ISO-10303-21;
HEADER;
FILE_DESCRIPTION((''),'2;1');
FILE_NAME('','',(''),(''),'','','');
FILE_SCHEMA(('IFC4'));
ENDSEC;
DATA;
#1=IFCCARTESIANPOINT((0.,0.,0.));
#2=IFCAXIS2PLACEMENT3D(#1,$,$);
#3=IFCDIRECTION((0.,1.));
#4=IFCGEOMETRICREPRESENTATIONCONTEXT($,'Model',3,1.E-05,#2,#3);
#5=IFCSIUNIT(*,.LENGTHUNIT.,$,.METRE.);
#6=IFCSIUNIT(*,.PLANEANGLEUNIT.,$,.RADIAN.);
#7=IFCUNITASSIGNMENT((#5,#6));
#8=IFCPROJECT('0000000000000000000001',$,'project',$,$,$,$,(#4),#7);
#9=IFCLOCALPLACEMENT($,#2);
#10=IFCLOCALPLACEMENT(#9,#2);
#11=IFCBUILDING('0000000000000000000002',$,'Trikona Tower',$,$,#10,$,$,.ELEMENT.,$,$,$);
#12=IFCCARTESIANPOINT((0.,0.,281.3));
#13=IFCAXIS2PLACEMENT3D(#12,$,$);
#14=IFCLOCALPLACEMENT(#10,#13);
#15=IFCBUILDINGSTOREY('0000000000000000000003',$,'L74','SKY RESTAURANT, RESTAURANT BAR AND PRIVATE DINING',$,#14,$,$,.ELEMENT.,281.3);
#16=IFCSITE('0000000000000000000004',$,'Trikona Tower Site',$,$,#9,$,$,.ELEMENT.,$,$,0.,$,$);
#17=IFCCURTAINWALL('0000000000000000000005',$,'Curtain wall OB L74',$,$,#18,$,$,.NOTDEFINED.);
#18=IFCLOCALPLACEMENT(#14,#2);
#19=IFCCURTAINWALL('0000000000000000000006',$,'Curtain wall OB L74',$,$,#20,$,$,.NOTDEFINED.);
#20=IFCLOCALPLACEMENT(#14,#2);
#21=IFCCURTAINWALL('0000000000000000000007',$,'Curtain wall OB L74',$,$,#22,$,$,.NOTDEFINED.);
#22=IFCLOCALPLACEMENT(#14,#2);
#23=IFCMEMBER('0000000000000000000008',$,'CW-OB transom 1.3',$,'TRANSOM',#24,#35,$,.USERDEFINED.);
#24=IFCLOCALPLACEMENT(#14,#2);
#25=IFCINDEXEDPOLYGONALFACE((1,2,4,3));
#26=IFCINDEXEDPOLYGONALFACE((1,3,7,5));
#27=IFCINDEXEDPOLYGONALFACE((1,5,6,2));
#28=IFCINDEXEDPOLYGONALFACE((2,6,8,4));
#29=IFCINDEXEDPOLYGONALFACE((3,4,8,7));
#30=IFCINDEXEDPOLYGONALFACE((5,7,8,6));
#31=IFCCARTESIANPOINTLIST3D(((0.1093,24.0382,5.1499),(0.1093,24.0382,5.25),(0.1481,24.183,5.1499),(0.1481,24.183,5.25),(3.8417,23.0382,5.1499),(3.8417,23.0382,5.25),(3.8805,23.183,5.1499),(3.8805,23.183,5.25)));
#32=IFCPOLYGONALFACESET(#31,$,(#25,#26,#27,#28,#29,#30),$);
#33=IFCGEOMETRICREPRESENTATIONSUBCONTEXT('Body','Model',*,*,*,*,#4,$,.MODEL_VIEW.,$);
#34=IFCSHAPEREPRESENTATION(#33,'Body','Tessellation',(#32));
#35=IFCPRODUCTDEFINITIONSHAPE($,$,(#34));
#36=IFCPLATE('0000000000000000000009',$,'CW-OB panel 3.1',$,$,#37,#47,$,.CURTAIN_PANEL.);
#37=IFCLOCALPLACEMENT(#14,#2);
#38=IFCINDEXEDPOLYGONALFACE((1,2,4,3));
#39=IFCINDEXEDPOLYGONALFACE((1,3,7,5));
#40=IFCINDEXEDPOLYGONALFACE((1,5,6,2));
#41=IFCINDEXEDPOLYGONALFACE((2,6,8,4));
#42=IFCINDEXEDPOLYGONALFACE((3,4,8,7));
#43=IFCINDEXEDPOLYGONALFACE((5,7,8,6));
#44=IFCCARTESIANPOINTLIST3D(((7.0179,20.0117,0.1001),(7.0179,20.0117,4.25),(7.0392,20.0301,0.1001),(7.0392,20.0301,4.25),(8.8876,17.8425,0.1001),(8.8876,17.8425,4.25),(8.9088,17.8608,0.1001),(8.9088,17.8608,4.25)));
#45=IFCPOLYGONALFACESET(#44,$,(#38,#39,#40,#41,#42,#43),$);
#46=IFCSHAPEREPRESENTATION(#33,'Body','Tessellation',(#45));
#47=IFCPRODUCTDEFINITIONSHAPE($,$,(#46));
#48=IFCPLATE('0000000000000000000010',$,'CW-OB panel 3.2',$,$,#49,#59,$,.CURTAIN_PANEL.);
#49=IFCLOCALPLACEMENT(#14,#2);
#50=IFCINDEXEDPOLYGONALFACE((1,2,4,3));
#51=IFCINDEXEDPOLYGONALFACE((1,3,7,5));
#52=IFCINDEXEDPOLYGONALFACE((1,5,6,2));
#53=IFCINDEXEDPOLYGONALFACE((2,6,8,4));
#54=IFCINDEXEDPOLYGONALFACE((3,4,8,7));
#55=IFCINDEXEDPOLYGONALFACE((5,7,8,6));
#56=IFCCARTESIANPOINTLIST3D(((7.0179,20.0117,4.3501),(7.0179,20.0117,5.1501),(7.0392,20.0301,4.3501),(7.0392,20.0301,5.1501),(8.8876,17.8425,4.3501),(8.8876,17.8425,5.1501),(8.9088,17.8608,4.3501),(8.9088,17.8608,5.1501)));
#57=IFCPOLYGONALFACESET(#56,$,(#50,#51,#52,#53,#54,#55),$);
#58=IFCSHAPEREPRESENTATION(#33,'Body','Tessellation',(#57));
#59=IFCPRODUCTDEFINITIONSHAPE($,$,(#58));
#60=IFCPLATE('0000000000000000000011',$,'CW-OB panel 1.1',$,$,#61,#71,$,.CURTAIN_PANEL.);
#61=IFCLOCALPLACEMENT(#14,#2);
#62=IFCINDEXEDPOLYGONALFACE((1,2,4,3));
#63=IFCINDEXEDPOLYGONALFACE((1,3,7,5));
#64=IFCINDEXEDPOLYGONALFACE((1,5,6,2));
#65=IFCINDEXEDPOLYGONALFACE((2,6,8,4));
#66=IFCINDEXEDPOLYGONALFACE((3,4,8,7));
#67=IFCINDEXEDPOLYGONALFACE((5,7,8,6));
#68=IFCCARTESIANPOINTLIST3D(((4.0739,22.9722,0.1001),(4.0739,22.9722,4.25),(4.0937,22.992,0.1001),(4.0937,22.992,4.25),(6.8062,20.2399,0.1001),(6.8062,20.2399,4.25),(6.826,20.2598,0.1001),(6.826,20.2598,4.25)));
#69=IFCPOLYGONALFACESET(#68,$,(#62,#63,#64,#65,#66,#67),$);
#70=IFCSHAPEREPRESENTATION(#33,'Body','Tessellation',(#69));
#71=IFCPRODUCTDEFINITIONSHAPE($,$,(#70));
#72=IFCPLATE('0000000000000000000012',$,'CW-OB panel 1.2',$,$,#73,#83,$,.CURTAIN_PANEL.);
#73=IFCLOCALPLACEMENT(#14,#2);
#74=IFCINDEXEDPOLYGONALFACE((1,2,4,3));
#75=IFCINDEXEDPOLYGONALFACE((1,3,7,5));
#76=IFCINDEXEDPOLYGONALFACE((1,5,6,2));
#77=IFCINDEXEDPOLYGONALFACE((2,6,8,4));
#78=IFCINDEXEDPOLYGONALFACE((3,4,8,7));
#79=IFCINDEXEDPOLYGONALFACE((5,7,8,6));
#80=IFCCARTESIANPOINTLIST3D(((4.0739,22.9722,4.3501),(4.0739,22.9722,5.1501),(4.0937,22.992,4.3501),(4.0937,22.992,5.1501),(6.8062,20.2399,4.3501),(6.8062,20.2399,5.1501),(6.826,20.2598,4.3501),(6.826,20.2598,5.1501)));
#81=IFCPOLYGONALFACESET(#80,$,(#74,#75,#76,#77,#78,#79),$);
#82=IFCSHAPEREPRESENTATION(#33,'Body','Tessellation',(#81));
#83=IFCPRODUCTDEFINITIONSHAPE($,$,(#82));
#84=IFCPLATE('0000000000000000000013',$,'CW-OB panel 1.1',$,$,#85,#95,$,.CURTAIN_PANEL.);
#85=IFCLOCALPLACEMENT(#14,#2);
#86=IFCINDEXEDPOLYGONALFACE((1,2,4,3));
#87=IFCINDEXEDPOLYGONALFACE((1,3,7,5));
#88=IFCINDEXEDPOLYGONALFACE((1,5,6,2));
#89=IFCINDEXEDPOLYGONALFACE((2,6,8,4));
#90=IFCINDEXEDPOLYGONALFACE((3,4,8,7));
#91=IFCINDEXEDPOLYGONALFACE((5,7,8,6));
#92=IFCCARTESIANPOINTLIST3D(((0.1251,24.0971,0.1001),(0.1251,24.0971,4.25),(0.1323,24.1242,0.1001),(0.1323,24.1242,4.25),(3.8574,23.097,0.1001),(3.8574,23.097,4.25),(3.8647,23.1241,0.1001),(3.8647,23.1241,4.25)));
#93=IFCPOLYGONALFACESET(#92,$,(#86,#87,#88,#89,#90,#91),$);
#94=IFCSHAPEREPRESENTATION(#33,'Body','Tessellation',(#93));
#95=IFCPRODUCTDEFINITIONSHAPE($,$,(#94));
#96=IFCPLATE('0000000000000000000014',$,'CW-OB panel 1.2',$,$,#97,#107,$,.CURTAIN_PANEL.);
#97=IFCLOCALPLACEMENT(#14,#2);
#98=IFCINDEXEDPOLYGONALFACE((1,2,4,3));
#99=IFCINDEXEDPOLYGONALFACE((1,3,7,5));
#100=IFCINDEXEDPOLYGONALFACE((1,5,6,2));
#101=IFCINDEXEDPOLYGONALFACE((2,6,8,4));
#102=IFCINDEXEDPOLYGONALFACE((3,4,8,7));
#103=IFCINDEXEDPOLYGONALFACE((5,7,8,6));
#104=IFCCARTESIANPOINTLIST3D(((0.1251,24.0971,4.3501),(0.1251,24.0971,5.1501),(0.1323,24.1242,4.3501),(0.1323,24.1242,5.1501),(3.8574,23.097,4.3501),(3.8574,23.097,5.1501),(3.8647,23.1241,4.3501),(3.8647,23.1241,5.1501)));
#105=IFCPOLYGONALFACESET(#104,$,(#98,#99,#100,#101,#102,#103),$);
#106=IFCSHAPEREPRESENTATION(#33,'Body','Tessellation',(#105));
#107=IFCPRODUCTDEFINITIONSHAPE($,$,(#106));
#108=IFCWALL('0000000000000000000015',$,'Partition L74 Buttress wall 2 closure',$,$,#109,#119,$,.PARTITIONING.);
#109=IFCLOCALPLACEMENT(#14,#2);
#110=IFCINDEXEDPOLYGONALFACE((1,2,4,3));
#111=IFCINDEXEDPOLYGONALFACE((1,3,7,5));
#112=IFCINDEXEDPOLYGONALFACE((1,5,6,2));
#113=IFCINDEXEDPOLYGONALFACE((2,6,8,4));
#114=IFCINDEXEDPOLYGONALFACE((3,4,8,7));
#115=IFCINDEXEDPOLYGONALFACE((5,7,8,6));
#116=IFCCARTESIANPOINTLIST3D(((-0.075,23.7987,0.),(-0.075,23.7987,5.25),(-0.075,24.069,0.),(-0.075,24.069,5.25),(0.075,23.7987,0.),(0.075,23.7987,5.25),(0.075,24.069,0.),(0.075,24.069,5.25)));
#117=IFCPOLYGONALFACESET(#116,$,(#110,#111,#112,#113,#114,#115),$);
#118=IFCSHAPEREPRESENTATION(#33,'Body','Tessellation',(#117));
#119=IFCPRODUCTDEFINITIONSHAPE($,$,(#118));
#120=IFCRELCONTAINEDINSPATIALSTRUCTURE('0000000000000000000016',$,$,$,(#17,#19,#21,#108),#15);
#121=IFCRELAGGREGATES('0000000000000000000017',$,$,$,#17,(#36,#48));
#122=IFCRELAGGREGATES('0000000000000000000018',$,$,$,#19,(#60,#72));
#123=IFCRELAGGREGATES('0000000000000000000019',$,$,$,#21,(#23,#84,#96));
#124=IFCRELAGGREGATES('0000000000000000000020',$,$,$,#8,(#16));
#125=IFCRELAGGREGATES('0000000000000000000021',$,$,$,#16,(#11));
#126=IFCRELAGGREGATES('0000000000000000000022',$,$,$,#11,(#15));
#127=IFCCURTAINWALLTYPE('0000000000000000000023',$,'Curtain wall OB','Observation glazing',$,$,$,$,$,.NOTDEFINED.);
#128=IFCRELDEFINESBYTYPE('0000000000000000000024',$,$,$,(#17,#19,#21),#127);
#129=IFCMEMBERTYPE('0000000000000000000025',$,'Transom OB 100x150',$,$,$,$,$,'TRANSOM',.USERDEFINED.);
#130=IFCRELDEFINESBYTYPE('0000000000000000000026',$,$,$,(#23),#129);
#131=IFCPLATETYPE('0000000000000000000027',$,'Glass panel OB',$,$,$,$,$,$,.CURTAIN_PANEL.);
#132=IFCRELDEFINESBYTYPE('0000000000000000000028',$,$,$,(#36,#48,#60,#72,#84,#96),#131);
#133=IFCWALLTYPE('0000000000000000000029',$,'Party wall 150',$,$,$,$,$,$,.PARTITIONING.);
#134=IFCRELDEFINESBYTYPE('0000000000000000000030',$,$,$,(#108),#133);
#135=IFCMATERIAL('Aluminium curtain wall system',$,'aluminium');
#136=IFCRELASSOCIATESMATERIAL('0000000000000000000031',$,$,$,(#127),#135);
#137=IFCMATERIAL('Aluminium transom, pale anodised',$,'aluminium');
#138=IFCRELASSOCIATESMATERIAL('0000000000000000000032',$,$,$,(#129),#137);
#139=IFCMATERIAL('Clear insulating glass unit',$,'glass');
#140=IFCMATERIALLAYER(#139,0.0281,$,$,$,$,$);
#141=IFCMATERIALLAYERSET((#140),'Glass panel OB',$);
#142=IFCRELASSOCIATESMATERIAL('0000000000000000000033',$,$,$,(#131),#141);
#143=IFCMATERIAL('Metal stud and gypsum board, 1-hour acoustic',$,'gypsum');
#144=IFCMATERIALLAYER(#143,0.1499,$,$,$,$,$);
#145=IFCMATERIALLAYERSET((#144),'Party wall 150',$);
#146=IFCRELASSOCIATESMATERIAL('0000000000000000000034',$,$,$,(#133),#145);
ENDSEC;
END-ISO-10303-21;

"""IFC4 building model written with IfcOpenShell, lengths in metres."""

from ifc_helpers import new_model, si_unit, direction, frame, frame_2d, origin, origin_2d, place, context, subcontext, project, spatial, rectangle, extrude, material, layer, layer_set, material_profile, profile_set, type_object, element, aggregate, save


model = new_model("IFC4")

# Units and contexts
model_context = context("Model", 3, precision=1e-05, world=origin(), true_north=direction((0.0, 1.0)))
body_context = subcontext(model_context, "Body", "Model", "MODEL_VIEW")
ifc_project = project(units=[si_unit("LENGTHUNIT", "METRE"), si_unit("PLANEANGLEUNIT", "RADIAN")], contexts=[model_context])

# Site, building, storey
site_placement = place(None, origin())
site = spatial("IfcSite", under=ifc_project, at=site_placement, Name="Trikona Tower Site", CompositionType="ELEMENT", RefElevation=0.0)
building_placement = place(site_placement, origin())
building = spatial("IfcBuilding", under=site, at=building_placement, Name="Trikona Tower", CompositionType="ELEMENT")
storey_placement = place(building_placement, frame((0.0, 0.0, 281.3)))
storey = spatial("IfcBuildingStorey", under=building, at=storey_placement, Name="L74", Description="SKY RESTAURANT, RESTAURANT BAR AND PRIVATE DINING", CompositionType="ELEMENT", Elevation=281.3)

# Curtain wall
ifc_material_1 = material(Name="Aluminium curtain wall system", Category="aluminium")
curtain_wall_type = type_object("IfcCurtainWallType", Name="Curtain wall OB", Description="Observation glazing", PredefinedType="NOTDEFINED", material=ifc_material_1)
curtain_wall_1_placement = place(storey_placement, origin())
curtain_wall_1 = element("IfcCurtainWall", 1, at=curtain_wall_1_placement, inside=storey, type_object=curtain_wall_type, Name="Curtain wall OB L74", PredefinedType="NOTDEFINED")

# Curtain walls
curtain_wall_2_placement = place(storey_placement, origin())
curtain_wall_2 = element("IfcCurtainWall", 2, at=curtain_wall_2_placement, inside=storey, type_object=curtain_wall_type, Name="Curtain wall OB L74", PredefinedType="NOTDEFINED")
curtain_wall_3_placement = place(storey_placement, origin())
curtain_wall_3 = element("IfcCurtainWall", 3, at=curtain_wall_3_placement, inside=storey, type_object=curtain_wall_type, Name="Curtain wall OB L74", PredefinedType="NOTDEFINED")

# Member
ifc_material_2 = material(Name="Aluminium transom, pale anodised", Category="aluminium")
ifc_material_profile_1 = material_profile(ifc_material_2, rectangle(XDim=0.1499, YDim=0.1001, at=origin_2d()), Name="TRN-OB")
ifc_profile_set_1 = profile_set([ifc_material_profile_1], Name="Aluminium transom, pale anodised")
member_type_1 = type_object("IfcMemberType", Name="Transom OB 100x150", ElementType="TRANSOM", PredefinedType="USERDEFINED", material=ifc_profile_set_1)
member_1_placement = place(storey_placement, frame((3.8611, 23.1106, 5.2), z_axis=(-0.965932, 0.258795, 0.0), x_axis=(-0.258795, -0.965932, 0.0)))
member_1 = element("IfcMember", 4, at=member_1_placement, type_object=member_type_1, Name="CW-OB transom 1.3", ObjectType="TRANSOM", PredefinedType="USERDEFINED", context=body_context, shape_type="SweptSolid", body=[
    extrude(rectangle(XDim=0.1499, YDim=0.1001, at=origin_2d()), origin(), (0.0, 0.0, 1.0), 3.864),
])

# Plates
ifc_material_3 = material(Name="Clear insulating glass unit", Category="glass")
ifc_layer_1 = layer(ifc_material_3, 0.0281)
ifc_layer_set_1 = layer_set([ifc_layer_1], Name="Glass panel OB")
plate_type = type_object("IfcPlateType", Name="Glass panel OB", PredefinedType="CURTAIN_PANEL", material=ifc_layer_set_1)
plate_1_placement = place(storey_placement, frame((7.9634, 18.9363, 0.1001), z_axis=(0.0, 0.0, 1.0), x_axis=(-0.652864, 0.757475, 0.0)))
plate_1 = element("IfcPlate", 5, at=plate_1_placement, type_object=plate_type, Name="CW-OB panel 3.1", PredefinedType="CURTAIN_PANEL", context=body_context, shape_type="SweptSolid", body=[
    extrude(rectangle(XDim=2.8638, YDim=0.0281, at=origin_2d()), origin(), (0.0, 0.0, 1.0), 4.1499),
])
plate_2_placement = place(storey_placement, frame((7.9634, 18.9363, 4.3501), z_axis=(0.0, 0.0, 1.0), x_axis=(-0.652864, 0.757475, 0.0)))
plate_2 = element("IfcPlate", 6, at=plate_2_placement, type_object=plate_type, Name="CW-OB panel 3.2", PredefinedType="CURTAIN_PANEL", context=body_context, shape_type="SweptSolid", body=[
    extrude(rectangle(XDim=2.8638, YDim=0.0281, at=origin_2d()), origin(), (0.0, 0.0, 1.0), 0.8),
])
aggregate(curtain_wall_1, [plate_1, plate_2])
plate_3_placement = place(storey_placement, frame((5.45, 21.616, 0.1001), z_axis=(0.0, 0.0, 1.0), x_axis=(-0.707107, 0.707107, 0.0)))
plate_3 = element("IfcPlate", 7, at=plate_3_placement, type_object=plate_type, Name="CW-OB panel 1.1", PredefinedType="CURTAIN_PANEL", context=body_context, shape_type="SweptSolid", body=[
    extrude(rectangle(XDim=3.864, YDim=0.0281, at=origin_2d()), origin(), (0.0, 0.0, 1.0), 4.1499),
])
plate_4_placement = place(storey_placement, frame((5.45, 21.616, 4.3501), z_axis=(0.0, 0.0, 1.0), x_axis=(-0.707107, 0.707107, 0.0)))
plate_4 = element("IfcPlate", 8, at=plate_4_placement, type_object=plate_type, Name="CW-OB panel 1.2", PredefinedType="CURTAIN_PANEL", context=body_context, shape_type="SweptSolid", body=[
    extrude(rectangle(XDim=3.864, YDim=0.0281, at=origin_2d()), origin(), (0.0, 0.0, 1.0), 0.8),
])
aggregate(curtain_wall_2, [plate_3, plate_4])
plate_5_placement = place(storey_placement, frame((1.9949, 23.6106, 0.1001), z_axis=(0.0, 0.0, 1.0), x_axis=(-0.965923, 0.258828, 0.0)))
plate_5 = element("IfcPlate", 9, at=plate_5_placement, type_object=plate_type, Name="CW-OB panel 1.1", PredefinedType="CURTAIN_PANEL", context=body_context, shape_type="SweptSolid", body=[
    extrude(rectangle(XDim=3.864, YDim=0.0281, at=origin_2d()), origin(), (0.0, 0.0, 1.0), 4.1499),
])
plate_6_placement = place(storey_placement, frame((1.9949, 23.6106, 4.3501), z_axis=(0.0, 0.0, 1.0), x_axis=(-0.965923, 0.258828, 0.0)))
plate_6 = element("IfcPlate", 10, at=plate_6_placement, type_object=plate_type, Name="CW-OB panel 1.2", PredefinedType="CURTAIN_PANEL", context=body_context, shape_type="SweptSolid", body=[
    extrude(rectangle(XDim=3.864, YDim=0.0281, at=origin_2d()), origin(), (0.0, 0.0, 1.0), 0.8),
])
aggregate(curtain_wall_3, [member_1, plate_5, plate_6])

# Wall
ifc_material_4 = material(Name="Metal stud and gypsum board, 1-hour acoustic", Category="gypsum")
ifc_layer_2 = layer(ifc_material_4, 0.1499)
ifc_layer_set_2 = layer_set([ifc_layer_2], Name="Party wall 150")
wall_type = type_object("IfcWallType", Name="Party wall 150", PredefinedType="PARTITIONING", material=ifc_layer_set_2)
wall_placement = place(storey_placement, frame((0.0, 23.7986, 0.0), z_axis=(0.0, 0.0, 1.0), x_axis=(0.0, 1.0, 0.0)))
element("IfcWall", 11, at=wall_placement, inside=storey, type_object=wall_type, Name="Partition L74 Buttress wall 2 closure", PredefinedType="PARTITIONING", context=body_context, shape_type="SweptSolid", body=[
    extrude(rectangle(XDim=0.2703, YDim=0.1499, at=frame_2d((0.1353, 0.0))), origin(), (0.0, 0.0, 1.0), 5.25),
])

save(model, "model.ifc")
